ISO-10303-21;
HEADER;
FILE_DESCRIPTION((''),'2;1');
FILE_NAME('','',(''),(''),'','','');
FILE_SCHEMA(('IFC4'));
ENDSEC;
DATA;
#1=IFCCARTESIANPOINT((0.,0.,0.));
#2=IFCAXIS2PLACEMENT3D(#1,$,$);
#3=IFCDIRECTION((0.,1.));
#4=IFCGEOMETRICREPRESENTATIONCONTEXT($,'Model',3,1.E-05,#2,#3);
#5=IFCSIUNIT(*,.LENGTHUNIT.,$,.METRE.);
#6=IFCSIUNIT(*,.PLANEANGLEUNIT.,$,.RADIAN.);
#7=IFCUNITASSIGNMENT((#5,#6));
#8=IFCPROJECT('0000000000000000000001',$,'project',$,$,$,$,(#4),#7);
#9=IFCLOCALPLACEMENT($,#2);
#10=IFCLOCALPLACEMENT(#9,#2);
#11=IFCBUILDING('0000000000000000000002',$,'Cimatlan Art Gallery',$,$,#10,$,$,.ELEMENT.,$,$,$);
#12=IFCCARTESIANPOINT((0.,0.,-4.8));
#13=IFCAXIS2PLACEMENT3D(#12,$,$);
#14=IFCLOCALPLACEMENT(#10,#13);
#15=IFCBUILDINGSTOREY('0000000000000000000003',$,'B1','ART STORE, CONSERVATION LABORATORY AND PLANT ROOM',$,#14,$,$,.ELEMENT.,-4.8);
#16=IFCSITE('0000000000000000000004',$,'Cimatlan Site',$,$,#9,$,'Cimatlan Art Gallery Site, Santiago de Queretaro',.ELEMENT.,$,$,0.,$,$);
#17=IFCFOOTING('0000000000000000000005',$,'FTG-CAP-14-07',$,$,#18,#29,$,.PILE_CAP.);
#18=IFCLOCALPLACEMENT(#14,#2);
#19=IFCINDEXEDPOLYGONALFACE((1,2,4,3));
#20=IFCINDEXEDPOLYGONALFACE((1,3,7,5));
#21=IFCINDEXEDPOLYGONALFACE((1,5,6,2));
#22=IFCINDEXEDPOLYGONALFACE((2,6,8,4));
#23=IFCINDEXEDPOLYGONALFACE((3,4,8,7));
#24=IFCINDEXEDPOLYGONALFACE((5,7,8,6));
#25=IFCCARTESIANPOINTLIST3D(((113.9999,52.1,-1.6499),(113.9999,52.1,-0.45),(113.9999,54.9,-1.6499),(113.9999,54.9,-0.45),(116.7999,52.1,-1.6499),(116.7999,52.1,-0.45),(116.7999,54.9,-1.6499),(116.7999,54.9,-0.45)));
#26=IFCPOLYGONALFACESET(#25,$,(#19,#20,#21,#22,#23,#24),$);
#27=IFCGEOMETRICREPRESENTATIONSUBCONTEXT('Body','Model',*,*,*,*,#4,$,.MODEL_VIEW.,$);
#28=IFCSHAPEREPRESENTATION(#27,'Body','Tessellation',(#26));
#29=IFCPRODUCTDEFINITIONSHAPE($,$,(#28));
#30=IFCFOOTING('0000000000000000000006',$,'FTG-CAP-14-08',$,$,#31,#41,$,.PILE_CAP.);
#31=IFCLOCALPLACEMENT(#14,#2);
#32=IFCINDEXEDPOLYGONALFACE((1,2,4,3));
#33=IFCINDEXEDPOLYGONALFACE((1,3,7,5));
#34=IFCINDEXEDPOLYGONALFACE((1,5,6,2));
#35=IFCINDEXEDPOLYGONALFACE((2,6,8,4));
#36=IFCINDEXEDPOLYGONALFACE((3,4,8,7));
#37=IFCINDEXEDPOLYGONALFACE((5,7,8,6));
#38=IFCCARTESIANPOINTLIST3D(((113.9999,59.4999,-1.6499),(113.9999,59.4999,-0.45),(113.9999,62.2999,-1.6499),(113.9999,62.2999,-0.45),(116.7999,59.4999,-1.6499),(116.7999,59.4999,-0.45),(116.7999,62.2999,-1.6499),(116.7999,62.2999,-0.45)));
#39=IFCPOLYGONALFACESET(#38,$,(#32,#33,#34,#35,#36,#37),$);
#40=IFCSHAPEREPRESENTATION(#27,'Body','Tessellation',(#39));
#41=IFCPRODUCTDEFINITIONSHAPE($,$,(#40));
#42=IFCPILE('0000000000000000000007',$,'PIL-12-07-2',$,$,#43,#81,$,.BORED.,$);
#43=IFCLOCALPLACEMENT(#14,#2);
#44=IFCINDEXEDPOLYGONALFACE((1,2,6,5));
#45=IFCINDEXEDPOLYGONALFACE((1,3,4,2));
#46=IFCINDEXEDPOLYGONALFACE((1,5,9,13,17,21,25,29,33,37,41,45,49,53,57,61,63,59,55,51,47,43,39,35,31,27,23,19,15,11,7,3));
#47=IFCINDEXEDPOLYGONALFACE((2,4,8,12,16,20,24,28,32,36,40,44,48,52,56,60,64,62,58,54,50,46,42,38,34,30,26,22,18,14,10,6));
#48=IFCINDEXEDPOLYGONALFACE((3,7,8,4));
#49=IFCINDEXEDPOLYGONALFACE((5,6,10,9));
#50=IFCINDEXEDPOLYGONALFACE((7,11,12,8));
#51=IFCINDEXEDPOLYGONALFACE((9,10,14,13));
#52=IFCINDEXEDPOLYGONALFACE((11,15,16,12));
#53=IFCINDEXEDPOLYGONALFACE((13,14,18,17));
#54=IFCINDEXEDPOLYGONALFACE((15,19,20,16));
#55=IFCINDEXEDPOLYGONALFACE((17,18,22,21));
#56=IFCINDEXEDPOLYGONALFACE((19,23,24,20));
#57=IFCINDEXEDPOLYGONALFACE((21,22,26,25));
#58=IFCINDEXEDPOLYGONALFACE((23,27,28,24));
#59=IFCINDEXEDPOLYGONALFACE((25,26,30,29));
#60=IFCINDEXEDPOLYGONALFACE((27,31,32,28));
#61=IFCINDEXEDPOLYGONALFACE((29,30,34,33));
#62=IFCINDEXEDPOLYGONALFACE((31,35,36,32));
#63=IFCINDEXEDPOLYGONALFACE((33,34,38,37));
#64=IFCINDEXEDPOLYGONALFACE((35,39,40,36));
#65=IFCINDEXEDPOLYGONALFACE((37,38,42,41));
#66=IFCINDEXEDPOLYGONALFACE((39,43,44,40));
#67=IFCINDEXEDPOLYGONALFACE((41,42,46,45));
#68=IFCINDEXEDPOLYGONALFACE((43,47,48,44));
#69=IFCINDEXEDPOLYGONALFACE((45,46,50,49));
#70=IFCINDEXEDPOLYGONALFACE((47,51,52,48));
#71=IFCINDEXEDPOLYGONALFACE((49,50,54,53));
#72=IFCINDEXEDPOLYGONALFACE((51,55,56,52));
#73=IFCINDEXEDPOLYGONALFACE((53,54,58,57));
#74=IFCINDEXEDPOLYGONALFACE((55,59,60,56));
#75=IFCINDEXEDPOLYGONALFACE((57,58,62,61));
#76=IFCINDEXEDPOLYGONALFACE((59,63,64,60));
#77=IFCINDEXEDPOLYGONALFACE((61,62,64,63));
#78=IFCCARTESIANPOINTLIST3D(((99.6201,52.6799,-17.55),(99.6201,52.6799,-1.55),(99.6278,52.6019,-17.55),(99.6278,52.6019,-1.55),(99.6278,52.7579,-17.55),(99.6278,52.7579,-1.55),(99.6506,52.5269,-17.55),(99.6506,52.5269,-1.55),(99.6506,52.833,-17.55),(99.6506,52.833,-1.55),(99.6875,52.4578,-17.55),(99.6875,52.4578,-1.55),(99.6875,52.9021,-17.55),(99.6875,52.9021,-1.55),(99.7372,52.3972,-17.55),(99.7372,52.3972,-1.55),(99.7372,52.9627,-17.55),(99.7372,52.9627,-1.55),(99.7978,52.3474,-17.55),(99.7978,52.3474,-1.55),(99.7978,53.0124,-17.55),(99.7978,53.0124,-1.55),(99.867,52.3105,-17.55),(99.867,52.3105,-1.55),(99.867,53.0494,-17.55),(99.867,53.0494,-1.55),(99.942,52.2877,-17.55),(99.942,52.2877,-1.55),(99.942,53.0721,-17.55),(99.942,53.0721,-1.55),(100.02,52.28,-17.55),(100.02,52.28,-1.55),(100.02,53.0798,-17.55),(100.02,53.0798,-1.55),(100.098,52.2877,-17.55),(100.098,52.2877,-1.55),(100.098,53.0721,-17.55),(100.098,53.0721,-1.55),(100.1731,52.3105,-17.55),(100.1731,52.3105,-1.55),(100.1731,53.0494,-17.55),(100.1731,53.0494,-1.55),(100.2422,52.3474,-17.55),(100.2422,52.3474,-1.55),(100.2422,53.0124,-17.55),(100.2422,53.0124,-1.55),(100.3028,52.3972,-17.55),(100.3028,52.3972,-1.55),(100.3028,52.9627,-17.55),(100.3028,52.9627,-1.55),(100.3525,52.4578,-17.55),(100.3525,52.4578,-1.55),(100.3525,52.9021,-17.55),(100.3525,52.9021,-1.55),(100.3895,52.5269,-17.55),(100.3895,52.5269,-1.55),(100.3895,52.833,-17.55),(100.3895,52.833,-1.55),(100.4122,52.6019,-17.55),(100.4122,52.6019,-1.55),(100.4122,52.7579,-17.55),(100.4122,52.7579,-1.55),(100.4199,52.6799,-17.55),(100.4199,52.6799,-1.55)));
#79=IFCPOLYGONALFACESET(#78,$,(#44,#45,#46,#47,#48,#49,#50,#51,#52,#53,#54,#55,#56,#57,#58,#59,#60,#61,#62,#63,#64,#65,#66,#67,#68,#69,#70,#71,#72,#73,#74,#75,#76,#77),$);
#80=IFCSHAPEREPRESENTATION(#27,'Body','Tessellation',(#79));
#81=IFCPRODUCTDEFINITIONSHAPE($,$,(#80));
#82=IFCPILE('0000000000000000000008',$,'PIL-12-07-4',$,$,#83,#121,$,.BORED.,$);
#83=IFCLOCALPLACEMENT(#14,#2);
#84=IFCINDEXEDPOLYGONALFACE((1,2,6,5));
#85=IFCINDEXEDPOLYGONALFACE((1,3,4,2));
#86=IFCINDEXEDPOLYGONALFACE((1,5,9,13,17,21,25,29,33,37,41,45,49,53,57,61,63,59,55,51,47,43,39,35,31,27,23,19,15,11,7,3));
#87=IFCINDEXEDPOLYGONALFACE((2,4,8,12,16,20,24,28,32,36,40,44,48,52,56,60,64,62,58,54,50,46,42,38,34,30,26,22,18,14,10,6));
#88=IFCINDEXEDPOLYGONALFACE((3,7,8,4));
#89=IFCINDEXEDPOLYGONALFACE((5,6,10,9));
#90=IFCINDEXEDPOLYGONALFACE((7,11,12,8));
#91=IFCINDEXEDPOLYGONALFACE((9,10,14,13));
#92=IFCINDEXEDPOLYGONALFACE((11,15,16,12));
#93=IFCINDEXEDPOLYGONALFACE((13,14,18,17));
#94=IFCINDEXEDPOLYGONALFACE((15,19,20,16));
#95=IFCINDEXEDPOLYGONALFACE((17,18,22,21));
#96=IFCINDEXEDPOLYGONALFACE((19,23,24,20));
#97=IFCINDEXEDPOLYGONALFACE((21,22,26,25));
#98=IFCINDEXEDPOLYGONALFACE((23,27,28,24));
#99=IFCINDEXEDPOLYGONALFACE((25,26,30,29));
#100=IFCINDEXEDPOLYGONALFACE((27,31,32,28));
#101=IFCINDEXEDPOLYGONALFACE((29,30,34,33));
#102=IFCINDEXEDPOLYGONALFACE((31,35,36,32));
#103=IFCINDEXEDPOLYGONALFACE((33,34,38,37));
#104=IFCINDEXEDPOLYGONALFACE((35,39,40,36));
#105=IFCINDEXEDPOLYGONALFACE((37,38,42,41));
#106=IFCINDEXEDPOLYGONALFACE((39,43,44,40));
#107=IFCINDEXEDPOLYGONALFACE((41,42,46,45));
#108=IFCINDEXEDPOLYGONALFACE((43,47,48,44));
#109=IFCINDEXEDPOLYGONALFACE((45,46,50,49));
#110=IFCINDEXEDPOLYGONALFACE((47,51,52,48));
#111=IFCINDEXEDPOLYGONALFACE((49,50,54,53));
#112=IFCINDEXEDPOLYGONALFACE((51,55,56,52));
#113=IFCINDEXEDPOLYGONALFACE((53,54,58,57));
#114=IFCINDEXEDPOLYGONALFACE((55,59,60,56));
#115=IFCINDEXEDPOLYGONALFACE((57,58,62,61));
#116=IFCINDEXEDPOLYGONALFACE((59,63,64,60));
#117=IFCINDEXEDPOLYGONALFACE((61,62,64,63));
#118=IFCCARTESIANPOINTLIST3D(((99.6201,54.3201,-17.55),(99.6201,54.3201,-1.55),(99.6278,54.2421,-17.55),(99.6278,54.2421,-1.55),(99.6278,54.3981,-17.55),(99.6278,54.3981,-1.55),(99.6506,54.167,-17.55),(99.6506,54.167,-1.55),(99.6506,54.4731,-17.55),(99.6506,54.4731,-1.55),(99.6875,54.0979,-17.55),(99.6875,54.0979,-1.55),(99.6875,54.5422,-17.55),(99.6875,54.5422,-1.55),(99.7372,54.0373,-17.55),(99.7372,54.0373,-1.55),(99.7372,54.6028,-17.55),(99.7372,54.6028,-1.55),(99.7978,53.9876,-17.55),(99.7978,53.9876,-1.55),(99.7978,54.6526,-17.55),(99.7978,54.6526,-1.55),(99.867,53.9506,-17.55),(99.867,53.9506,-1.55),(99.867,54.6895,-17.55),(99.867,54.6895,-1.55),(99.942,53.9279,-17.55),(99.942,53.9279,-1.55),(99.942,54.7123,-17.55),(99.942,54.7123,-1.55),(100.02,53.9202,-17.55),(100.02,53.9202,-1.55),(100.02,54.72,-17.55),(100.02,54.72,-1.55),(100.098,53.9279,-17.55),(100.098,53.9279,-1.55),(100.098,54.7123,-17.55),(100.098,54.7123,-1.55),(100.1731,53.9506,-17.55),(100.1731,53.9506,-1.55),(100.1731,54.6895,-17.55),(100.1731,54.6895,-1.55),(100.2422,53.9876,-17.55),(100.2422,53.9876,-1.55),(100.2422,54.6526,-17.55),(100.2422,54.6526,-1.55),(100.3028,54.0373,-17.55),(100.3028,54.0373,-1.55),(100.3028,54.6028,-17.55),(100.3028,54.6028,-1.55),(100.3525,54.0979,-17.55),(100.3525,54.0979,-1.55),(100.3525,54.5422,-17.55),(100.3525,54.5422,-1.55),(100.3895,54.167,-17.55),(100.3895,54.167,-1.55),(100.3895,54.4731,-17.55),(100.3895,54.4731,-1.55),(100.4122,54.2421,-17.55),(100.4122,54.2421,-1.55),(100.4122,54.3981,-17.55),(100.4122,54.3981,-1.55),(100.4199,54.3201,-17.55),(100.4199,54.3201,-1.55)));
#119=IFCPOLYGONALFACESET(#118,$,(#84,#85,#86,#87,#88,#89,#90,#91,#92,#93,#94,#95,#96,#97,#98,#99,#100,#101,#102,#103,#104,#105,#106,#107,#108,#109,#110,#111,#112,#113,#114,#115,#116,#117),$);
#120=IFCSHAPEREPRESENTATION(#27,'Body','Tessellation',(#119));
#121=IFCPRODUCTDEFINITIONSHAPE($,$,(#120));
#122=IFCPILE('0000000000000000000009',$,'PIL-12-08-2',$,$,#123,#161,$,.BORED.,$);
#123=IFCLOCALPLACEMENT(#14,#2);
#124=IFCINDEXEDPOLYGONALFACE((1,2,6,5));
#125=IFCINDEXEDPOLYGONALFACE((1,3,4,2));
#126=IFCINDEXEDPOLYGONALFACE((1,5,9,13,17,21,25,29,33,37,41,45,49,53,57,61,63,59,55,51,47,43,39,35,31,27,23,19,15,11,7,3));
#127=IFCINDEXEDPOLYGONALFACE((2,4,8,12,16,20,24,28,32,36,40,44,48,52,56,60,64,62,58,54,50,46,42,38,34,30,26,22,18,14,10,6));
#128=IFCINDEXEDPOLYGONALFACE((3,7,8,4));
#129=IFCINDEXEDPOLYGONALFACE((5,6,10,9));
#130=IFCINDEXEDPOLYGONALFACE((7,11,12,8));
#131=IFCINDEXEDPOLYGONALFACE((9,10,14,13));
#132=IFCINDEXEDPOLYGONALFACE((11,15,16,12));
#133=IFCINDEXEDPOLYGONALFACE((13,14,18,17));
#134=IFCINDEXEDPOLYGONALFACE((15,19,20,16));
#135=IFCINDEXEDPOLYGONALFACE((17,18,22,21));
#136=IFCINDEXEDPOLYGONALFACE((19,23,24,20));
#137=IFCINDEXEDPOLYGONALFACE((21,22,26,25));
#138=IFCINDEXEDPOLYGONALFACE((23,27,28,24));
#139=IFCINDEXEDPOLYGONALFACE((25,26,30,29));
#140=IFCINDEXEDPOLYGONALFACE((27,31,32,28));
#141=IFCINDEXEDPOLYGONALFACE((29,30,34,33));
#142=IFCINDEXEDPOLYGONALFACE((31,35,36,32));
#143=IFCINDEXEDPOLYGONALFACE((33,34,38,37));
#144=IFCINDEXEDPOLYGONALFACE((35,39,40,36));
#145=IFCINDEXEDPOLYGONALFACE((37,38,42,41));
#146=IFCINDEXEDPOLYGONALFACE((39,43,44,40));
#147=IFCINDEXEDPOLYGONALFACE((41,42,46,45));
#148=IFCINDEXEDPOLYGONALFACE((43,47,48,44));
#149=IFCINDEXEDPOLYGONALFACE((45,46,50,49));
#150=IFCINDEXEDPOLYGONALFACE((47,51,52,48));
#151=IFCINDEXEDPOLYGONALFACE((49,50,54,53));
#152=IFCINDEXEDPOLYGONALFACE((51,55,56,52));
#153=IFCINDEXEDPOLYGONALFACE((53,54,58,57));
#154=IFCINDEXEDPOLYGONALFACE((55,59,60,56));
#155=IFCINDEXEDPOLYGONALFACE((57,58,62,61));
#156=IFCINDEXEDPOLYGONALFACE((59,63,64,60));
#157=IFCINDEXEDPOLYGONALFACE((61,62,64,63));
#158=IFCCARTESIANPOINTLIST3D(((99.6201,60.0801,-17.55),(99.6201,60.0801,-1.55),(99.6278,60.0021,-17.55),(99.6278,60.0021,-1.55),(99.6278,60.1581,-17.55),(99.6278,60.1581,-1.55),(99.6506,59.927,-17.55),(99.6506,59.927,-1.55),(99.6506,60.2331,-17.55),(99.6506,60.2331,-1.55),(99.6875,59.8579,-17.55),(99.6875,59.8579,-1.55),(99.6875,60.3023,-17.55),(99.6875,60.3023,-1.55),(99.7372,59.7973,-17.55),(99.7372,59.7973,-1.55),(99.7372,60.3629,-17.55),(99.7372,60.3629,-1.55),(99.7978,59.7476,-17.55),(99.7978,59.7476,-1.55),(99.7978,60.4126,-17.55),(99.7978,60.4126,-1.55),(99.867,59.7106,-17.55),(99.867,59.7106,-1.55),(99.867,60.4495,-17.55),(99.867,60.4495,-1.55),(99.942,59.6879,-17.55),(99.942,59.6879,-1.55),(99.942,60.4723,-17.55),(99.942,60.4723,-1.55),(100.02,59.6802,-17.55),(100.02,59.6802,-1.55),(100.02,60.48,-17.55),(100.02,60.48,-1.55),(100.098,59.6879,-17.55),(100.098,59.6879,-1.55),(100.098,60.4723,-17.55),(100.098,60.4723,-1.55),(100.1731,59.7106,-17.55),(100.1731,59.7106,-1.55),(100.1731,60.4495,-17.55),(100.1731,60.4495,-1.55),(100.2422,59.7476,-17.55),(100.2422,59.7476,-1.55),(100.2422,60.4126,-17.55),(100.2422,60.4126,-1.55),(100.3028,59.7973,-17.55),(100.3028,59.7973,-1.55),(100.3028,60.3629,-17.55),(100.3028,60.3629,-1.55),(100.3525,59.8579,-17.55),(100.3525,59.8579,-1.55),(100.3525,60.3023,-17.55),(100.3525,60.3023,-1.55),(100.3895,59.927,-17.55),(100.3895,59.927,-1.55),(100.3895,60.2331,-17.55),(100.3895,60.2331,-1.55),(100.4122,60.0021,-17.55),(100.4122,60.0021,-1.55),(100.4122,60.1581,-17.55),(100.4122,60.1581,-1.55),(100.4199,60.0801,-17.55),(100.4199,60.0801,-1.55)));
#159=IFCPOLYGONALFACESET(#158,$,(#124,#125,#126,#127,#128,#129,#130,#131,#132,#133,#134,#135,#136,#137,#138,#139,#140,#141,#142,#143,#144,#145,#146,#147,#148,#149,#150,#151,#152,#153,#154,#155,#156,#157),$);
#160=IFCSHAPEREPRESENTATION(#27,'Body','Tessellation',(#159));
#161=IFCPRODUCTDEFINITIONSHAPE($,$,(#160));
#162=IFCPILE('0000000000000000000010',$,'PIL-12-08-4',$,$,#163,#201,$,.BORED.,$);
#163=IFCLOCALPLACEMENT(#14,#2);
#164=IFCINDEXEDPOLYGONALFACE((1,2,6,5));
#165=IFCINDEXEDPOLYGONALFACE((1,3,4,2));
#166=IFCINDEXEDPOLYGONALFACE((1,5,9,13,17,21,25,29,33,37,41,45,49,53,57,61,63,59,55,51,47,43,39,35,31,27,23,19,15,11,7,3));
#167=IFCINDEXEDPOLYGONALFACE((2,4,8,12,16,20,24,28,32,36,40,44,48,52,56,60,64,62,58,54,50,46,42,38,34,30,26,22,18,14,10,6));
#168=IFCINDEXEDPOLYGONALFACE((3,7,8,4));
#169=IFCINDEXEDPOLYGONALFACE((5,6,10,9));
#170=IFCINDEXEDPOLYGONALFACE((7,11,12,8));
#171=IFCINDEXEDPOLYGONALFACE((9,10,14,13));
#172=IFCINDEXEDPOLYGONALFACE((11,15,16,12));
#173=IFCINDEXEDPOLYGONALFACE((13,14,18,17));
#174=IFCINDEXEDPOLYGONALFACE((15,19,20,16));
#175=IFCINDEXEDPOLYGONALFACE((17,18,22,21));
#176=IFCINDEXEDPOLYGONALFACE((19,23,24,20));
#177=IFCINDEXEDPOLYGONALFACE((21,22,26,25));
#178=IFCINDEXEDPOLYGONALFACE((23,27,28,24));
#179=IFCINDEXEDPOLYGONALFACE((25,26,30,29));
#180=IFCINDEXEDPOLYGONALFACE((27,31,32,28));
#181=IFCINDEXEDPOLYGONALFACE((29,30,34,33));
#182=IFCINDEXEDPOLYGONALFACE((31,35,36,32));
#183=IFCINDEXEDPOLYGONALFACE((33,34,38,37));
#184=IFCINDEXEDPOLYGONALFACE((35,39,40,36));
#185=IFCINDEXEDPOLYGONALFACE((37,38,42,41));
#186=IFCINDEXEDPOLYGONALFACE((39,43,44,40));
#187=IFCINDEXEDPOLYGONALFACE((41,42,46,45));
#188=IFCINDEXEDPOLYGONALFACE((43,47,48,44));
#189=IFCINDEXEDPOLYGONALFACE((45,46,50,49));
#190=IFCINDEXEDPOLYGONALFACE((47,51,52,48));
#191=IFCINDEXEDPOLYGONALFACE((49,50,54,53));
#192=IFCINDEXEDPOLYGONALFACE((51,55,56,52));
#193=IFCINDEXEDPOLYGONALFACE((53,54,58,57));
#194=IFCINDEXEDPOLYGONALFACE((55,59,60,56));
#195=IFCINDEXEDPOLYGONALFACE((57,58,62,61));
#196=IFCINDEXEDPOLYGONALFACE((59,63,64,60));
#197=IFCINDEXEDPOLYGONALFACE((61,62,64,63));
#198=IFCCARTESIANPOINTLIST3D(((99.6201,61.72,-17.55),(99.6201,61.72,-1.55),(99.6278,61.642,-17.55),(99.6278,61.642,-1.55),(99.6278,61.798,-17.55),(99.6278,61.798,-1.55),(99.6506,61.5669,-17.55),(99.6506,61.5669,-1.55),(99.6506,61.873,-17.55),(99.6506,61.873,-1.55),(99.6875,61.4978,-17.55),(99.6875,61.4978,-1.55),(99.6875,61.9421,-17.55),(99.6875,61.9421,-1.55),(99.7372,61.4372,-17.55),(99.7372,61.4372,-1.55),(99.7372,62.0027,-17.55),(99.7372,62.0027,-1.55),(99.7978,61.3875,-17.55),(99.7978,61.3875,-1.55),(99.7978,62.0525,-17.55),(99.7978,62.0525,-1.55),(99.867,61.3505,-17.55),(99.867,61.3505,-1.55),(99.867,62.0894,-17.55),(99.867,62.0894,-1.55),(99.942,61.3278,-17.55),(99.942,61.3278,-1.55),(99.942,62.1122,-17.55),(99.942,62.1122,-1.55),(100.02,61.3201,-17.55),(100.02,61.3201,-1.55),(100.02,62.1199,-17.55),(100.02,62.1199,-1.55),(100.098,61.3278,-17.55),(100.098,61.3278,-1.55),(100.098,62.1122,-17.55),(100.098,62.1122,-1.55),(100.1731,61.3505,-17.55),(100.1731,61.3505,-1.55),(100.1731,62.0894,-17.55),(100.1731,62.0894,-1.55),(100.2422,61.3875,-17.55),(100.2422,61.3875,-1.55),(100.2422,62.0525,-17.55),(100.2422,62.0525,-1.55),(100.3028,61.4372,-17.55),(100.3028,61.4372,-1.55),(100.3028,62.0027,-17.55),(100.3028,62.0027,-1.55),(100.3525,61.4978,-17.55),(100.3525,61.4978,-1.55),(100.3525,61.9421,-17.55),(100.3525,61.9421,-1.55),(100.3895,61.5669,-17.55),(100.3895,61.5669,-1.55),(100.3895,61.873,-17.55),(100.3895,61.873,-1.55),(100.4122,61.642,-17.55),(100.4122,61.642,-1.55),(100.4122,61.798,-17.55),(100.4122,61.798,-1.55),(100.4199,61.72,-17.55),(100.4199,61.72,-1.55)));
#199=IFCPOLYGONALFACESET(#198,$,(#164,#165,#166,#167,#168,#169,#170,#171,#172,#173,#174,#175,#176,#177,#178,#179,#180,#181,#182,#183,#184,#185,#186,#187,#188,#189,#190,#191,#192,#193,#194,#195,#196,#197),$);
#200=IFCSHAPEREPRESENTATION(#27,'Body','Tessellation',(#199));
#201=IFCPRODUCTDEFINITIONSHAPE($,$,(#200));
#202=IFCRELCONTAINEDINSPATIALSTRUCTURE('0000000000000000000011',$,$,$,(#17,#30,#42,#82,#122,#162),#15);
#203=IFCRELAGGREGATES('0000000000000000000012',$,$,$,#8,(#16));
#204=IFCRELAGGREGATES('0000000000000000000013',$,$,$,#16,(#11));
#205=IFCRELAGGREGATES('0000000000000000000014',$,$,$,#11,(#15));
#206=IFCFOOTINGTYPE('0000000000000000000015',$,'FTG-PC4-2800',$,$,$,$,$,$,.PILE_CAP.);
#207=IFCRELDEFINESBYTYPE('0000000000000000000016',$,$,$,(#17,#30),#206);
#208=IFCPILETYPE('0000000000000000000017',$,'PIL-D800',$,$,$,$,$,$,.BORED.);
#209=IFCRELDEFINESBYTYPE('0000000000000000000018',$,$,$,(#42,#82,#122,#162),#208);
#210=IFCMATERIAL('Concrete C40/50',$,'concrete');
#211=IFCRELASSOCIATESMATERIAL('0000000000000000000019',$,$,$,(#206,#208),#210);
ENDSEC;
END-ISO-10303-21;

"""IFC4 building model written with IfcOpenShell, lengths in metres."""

from ifc_helpers import new_model, si_unit, direction, frame, origin, origin_2d, place, context, subcontext, project, spatial, rectangle, circle, extrude, material, type_object, element, save


model = new_model("IFC4")

# Units and contexts
model_context = context("Model", 3, precision=1e-05, world=origin(), true_north=direction((0.0, 1.0)))
body_context = subcontext(model_context, "Body", "Model", "MODEL_VIEW")
ifc_project = project(units=[si_unit("LENGTHUNIT", "METRE"), si_unit("PLANEANGLEUNIT", "RADIAN")], contexts=[model_context])

# Site, building, storey
site_placement = place(None, origin())
site = spatial("IfcSite", under=ifc_project, at=site_placement, Name="Cimatlan Site", LongName="Cimatlan Art Gallery Site, Santiago de Queretaro", CompositionType="ELEMENT", RefElevation=0.0)
building_placement = place(site_placement, origin())
building = spatial("IfcBuilding", under=site, at=building_placement, Name="Cimatlan Art Gallery", CompositionType="ELEMENT")
storey_placement = place(building_placement, frame((0.0, 0.0, -4.8)))
storey = spatial("IfcBuildingStorey", under=building, at=storey_placement, Name="B1", Description="ART STORE, CONSERVATION LABORATORY AND PLANT ROOM", CompositionType="ELEMENT", Elevation=-4.8)

# Footings
ifc_material_1 = material(Name="Concrete C40/50", Category="concrete")
footing_type = type_object("IfcFootingType", Name="FTG-PC4-2800", PredefinedType="PILE_CAP", material=ifc_material_1)
for number, where, z_axis, x_axis, name in (
    (1, (115.3999, 53.5, -1.6499), (0.0, 0.0, 1.0), (1.0, 0.0, 0.0), "FTG-CAP-14-07"),
    (2, (115.3999, 60.8999, -1.6499), (0.0, 0.0, 1.0), (1.0, 0.0, 0.0), "FTG-CAP-14-08"),
):
    element("IfcFooting", number, at=place(storey_placement, frame(where, z_axis=z_axis, x_axis=x_axis)), inside=storey, type_object=footing_type, Name=name, PredefinedType="PILE_CAP", context=body_context, shape_type="SweptSolid", body=[
        extrude(rectangle(XDim=2.8, YDim=2.8, at=origin_2d()), origin(), (0.0, 0.0, 1.0), 1.2),
    ])

# Piles
pile_type = type_object("IfcPileType", Name="PIL-D800", PredefinedType="BORED", material=ifc_material_1)
for number, where, z_axis, x_axis, name in (
    (3, (100.02, 52.6799, -1.55), (0.0, 0.0, -1.0), (1.0, 0.0, 0.0), "PIL-12-07-2"),
    (4, (100.02, 54.3201, -1.55), (0.0, 0.0, -1.0), (1.0, 0.0, 0.0), "PIL-12-07-4"),
    (5, (100.02, 60.0801, -1.55), (0.0, 0.0, -1.0), (1.0, 0.0, 0.0), "PIL-12-08-2"),
    (6, (100.02, 61.72, -1.55), (0.0, 0.0, -1.0), (1.0, 0.0, 0.0), "PIL-12-08-4"),
):
    element("IfcPile", number, at=place(storey_placement, frame(where, z_axis=z_axis, x_axis=x_axis)), inside=storey, type_object=pile_type, Name=name, PredefinedType="BORED", context=body_context, shape_type="SweptSolid", body=[
        extrude(circle(Radius=0.3999, at=origin_2d()), origin(), (0.0, 0.0, 1.0), 16.0),
    ])

save(model, "model.ifc")
